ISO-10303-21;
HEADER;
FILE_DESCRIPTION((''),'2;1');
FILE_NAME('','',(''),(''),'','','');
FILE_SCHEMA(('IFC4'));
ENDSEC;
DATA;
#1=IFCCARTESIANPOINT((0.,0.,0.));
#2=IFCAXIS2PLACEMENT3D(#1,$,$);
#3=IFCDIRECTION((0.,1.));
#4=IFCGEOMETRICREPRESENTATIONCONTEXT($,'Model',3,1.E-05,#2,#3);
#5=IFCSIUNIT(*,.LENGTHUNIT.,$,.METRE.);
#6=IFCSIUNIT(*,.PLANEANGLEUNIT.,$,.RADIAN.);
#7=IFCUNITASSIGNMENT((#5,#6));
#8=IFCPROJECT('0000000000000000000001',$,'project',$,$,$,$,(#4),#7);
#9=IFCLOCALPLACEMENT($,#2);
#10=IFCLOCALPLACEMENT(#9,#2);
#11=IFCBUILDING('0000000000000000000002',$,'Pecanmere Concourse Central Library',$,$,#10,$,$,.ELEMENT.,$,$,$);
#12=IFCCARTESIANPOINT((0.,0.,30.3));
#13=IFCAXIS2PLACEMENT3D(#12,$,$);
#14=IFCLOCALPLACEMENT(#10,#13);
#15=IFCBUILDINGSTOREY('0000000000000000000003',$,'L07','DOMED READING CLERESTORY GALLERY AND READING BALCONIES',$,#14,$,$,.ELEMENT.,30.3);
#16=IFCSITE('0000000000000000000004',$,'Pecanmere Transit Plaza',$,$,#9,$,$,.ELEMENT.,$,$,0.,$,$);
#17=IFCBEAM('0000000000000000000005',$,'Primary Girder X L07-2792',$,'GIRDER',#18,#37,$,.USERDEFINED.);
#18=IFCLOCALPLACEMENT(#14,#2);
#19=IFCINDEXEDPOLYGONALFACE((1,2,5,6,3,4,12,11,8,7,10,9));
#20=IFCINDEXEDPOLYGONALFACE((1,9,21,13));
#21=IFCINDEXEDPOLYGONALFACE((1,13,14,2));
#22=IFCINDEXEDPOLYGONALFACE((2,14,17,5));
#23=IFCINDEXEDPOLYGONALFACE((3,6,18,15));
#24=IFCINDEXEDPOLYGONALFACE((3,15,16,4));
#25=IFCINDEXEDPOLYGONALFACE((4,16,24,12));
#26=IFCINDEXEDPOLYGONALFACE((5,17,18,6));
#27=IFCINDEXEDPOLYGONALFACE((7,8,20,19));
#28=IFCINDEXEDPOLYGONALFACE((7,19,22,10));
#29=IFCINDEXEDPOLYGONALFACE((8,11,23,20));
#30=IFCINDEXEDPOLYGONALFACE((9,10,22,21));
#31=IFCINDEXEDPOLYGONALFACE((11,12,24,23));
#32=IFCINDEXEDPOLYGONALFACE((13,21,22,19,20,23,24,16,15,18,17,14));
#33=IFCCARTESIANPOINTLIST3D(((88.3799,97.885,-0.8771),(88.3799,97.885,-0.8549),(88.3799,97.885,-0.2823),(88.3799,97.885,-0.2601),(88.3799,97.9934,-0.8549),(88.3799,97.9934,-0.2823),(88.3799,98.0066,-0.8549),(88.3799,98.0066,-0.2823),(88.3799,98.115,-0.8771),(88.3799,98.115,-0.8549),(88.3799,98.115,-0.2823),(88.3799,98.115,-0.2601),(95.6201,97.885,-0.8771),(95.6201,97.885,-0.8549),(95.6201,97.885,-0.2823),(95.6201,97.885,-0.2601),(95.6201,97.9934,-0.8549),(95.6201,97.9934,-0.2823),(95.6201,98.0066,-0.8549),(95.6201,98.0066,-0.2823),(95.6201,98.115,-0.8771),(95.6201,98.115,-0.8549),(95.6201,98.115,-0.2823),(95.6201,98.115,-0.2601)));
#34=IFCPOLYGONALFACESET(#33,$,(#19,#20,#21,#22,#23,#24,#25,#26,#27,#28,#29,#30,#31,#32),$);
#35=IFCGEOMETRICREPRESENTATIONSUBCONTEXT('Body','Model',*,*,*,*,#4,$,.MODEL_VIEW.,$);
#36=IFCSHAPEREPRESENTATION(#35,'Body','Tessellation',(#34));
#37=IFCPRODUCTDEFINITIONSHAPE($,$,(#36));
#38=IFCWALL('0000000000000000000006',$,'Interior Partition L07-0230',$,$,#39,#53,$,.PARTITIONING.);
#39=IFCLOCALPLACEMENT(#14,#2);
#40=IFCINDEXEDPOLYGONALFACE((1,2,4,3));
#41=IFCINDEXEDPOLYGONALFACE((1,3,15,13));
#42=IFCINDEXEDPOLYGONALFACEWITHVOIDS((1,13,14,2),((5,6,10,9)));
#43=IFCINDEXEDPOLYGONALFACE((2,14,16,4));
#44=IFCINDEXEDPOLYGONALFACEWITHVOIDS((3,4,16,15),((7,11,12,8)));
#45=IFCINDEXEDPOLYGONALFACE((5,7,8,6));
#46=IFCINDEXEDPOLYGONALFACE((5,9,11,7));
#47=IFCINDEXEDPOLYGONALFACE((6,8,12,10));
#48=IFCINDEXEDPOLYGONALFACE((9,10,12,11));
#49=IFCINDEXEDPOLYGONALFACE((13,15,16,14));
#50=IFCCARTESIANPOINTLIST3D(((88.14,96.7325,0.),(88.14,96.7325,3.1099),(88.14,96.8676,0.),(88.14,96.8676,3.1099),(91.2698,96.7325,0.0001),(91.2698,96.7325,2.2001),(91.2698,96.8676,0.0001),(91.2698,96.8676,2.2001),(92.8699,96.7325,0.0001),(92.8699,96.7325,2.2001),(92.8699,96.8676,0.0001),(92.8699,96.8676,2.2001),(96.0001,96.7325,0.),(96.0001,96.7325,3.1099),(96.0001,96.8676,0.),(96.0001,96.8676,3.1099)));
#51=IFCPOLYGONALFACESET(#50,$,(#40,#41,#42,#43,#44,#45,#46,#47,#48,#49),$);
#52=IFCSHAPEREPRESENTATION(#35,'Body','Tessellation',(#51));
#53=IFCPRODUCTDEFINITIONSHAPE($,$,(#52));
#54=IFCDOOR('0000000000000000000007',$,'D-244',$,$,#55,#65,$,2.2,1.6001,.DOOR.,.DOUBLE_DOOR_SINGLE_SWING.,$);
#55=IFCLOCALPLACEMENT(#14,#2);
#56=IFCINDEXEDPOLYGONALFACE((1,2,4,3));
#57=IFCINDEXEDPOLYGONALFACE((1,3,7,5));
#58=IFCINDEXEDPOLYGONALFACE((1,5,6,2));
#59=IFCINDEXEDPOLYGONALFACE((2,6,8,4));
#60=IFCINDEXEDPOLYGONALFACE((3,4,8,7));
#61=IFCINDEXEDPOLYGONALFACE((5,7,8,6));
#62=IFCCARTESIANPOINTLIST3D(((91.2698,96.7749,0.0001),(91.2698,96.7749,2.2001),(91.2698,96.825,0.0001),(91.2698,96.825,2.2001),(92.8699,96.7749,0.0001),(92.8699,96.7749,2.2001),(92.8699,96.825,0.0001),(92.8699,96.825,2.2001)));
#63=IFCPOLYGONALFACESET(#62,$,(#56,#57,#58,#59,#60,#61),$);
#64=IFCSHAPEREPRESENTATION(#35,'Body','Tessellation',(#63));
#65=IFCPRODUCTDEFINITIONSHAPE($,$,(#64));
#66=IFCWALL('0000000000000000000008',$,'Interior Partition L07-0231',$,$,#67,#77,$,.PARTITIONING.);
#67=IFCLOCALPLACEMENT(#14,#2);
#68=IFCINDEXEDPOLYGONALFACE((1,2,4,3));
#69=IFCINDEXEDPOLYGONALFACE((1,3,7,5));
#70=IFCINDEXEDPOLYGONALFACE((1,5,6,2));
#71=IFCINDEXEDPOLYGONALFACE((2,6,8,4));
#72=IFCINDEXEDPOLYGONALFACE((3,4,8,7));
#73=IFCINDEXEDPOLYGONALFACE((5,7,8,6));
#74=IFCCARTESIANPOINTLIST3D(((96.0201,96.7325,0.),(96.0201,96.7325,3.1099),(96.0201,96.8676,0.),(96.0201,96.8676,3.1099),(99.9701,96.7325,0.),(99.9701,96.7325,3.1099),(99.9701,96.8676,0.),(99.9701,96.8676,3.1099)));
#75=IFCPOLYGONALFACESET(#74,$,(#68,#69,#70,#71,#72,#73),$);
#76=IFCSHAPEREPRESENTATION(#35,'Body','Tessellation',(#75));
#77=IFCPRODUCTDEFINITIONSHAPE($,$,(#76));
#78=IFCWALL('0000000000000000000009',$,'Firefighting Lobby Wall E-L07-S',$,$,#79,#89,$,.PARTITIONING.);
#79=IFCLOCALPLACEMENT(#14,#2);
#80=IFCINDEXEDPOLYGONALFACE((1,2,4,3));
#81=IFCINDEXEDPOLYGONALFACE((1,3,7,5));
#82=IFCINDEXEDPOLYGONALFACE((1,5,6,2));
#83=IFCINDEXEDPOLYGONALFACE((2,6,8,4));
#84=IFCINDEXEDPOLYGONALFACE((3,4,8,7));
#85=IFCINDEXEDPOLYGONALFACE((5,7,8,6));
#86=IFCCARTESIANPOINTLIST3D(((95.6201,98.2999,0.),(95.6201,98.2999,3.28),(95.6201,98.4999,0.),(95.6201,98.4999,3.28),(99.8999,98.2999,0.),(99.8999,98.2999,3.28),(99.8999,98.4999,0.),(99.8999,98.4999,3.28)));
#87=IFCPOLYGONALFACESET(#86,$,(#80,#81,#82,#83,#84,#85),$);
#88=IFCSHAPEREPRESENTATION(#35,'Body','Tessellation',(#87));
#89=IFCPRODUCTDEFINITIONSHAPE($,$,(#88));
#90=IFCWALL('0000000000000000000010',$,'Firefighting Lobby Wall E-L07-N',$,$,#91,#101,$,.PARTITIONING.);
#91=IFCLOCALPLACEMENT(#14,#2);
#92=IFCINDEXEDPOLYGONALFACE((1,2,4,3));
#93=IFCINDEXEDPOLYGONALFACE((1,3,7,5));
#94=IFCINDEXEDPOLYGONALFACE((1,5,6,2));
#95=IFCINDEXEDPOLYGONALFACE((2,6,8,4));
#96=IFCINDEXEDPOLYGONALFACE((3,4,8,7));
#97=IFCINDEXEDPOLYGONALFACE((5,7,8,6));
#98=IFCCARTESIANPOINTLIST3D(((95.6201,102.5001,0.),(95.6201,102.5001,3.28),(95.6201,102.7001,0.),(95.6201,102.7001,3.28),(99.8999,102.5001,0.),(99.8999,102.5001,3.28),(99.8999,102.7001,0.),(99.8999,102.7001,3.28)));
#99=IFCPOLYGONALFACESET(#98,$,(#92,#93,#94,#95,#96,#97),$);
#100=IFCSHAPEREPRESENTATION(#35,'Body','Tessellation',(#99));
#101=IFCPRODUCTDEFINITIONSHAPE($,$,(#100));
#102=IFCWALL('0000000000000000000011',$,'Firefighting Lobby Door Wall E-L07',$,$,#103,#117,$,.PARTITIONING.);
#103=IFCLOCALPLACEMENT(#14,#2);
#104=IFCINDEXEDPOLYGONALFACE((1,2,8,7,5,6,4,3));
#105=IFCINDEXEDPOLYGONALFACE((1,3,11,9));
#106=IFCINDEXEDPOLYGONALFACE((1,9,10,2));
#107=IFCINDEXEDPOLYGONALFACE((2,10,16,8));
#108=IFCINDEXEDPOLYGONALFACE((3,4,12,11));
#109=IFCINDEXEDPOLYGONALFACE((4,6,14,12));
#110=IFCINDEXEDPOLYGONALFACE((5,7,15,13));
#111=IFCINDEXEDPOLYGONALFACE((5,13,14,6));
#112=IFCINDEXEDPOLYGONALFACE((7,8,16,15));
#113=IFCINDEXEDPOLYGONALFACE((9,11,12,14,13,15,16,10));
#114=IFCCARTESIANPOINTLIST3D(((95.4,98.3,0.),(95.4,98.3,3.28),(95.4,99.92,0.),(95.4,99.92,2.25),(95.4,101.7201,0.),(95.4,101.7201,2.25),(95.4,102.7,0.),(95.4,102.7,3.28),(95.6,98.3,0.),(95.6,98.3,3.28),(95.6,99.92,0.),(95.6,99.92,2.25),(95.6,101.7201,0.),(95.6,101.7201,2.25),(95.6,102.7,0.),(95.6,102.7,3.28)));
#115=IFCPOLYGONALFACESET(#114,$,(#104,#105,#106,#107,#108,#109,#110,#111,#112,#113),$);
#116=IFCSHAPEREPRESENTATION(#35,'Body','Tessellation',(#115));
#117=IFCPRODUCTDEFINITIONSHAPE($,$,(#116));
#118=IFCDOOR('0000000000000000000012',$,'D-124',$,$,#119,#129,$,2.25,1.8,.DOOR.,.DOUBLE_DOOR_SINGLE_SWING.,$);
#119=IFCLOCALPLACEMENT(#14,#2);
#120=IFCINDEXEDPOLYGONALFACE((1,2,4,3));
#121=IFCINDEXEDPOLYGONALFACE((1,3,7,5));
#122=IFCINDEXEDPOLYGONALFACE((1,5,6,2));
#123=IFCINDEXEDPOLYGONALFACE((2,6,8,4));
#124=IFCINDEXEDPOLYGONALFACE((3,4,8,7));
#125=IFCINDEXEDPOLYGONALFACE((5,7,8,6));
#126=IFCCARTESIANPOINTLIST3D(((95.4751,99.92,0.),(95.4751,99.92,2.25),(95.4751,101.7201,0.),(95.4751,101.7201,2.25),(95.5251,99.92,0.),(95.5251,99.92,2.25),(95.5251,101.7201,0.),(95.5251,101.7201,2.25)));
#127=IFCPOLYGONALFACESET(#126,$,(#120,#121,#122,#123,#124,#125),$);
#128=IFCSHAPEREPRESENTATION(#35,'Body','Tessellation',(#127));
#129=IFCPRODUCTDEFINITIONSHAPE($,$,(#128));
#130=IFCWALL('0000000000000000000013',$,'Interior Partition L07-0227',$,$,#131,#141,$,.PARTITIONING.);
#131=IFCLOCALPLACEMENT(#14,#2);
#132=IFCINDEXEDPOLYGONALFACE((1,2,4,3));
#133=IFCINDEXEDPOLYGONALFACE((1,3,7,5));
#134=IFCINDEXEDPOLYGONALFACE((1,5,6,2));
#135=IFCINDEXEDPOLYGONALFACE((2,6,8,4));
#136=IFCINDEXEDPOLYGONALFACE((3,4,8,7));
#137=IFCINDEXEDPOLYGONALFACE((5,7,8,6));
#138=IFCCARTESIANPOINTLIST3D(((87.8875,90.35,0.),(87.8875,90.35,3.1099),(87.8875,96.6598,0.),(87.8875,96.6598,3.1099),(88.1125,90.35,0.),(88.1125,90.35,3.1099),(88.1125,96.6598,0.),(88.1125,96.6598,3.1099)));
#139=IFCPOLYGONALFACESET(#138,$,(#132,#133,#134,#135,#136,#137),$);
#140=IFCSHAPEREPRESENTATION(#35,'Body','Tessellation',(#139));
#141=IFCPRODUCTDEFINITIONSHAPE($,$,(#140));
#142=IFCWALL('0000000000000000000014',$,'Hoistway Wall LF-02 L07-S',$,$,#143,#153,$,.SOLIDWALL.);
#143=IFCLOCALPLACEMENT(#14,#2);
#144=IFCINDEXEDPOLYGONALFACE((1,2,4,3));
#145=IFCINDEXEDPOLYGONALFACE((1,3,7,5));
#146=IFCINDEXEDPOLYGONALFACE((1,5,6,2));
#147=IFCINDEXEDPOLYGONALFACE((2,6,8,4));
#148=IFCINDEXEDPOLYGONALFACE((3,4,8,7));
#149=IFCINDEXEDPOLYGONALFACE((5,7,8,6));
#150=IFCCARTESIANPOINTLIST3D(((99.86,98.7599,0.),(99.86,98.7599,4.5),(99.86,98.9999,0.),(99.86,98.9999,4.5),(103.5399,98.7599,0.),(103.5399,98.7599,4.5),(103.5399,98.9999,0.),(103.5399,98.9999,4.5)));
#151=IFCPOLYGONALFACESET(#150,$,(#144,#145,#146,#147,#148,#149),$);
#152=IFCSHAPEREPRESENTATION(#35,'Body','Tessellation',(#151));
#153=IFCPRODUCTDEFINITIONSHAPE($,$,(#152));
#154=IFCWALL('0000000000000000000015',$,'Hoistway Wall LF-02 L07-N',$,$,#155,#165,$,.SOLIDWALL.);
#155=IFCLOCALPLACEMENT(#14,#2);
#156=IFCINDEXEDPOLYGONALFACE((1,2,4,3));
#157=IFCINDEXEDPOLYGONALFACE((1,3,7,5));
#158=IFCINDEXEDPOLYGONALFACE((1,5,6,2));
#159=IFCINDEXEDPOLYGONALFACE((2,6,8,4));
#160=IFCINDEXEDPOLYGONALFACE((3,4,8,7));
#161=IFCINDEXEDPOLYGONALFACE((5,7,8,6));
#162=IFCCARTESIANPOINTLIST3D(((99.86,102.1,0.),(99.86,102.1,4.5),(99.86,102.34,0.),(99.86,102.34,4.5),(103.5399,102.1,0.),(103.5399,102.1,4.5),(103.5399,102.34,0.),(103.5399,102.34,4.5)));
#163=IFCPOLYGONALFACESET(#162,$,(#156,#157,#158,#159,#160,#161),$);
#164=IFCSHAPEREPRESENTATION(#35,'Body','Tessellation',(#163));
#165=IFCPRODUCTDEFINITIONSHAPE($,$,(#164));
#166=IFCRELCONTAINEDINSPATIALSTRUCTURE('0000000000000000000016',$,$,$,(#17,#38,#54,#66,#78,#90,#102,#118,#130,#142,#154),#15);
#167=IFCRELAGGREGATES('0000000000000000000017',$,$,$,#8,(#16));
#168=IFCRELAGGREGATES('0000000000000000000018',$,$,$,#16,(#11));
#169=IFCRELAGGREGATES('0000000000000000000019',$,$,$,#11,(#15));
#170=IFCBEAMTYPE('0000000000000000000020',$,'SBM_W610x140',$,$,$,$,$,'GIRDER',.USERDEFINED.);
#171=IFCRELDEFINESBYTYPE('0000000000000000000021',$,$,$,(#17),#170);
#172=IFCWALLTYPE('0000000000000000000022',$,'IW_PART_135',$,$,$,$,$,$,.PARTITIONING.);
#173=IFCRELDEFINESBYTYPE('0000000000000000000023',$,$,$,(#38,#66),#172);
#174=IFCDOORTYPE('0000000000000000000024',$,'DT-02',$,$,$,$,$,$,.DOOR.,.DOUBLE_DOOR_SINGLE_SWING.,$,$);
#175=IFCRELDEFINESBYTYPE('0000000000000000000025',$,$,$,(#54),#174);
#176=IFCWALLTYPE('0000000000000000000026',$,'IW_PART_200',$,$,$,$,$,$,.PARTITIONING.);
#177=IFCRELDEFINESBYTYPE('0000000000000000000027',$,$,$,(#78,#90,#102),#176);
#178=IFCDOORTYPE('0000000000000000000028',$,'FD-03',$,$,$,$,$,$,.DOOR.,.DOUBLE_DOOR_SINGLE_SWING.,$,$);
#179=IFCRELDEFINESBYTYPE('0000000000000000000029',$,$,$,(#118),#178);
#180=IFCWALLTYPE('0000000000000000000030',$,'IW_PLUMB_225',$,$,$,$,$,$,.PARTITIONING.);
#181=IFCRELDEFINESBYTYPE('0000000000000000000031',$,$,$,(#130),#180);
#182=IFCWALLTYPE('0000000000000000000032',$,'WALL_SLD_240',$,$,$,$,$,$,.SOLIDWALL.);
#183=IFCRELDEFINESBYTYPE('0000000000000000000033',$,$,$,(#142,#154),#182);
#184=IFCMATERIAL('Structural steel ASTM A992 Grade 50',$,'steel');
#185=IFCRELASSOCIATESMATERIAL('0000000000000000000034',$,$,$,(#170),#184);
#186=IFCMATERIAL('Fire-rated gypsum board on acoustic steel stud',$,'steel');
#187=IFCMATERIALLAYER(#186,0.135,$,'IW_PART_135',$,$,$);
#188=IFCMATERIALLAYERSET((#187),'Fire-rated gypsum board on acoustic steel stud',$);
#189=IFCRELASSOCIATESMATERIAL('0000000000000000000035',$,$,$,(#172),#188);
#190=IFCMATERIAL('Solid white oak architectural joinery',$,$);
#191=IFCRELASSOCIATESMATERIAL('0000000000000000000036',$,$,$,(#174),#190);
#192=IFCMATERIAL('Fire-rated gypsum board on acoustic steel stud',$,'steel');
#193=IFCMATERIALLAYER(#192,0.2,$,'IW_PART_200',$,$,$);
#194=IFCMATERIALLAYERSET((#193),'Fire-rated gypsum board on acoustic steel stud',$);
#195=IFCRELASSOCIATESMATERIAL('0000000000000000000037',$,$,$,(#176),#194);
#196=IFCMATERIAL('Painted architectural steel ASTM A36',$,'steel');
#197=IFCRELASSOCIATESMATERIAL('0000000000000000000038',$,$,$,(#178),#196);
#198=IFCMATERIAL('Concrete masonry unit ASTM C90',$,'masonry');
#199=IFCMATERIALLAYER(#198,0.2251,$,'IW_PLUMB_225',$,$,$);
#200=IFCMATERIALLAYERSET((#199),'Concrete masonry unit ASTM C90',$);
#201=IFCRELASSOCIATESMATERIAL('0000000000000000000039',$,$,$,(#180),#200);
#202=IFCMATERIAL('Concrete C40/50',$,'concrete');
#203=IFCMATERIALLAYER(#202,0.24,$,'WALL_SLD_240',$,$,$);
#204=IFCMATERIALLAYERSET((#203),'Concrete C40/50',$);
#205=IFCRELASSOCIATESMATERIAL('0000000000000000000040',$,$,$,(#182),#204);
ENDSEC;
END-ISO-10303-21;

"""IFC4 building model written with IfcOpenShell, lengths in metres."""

from ifc_helpers import new_model, si_unit, direction, frame, frame_2d, origin, origin_2d, place, context, subcontext, project, spatial, rectangle, i_section, extrude, material, layer, layer_set, material_profile, profile_set, type_object, element, fill, save


model = new_model("IFC4")

# Units and contexts
model_context = context("Model", 3, precision=1e-05, world=origin(), true_north=direction((0.0, 1.0)))
body_context = subcontext(model_context, "Body", "Model", "MODEL_VIEW")
ifc_project = project(units=[si_unit("LENGTHUNIT", "METRE"), si_unit("PLANEANGLEUNIT", "RADIAN")], contexts=[model_context])

# Site, building, storey
site_placement = place(None, origin())
site = spatial("IfcSite", under=ifc_project, at=site_placement, Name="Pecanmere Transit Plaza", CompositionType="ELEMENT", RefElevation=0.0)
building_placement = place(site_placement, origin())
building = spatial("IfcBuilding", under=site, at=building_placement, Name="Pecanmere Concourse Central Library", CompositionType="ELEMENT")
storey_placement = place(building_placement, frame((0.0, 0.0, 30.3)))
storey = spatial("IfcBuildingStorey", under=building, at=storey_placement, Name="L07", Description="DOMED READING CLERESTORY GALLERY AND READING BALCONIES", CompositionType="ELEMENT", Elevation=30.3)

# Beam
ifc_material_1 = material(Name="Structural steel ASTM A992 Grade 50", Category="steel")
ifc_material_profile_1 = material_profile(ifc_material_1, i_section(OverallWidth=0.23, OverallDepth=0.6169, WebThickness=0.0132, FlangeThickness=0.0222, at=origin_2d()), Name="W610x140")
ifc_profile_set_1 = profile_set([ifc_material_profile_1], Name="Structural steel ASTM A992 Grade 50")
beam_type_1 = type_object("IfcBeamType", Name="SBM_W610x140", ElementType="GIRDER", PredefinedType="USERDEFINED", material=ifc_profile_set_1)
beam_1_placement = place(storey_placement, frame((88.3799, 98.0, -0.5686), z_axis=(1.0, 0.0, 0.0), x_axis=(0.0, 1.0, 0.0)))
element("IfcBeam", 1, at=beam_1_placement, inside=storey, type_object=beam_type_1, Name="Primary Girder X L07-2792", ObjectType="GIRDER", PredefinedType="USERDEFINED", context=body_context, shape_type="SweptSolid", body=[
    extrude(i_section(OverallWidth=0.23, OverallDepth=0.6169, WebThickness=0.0132, FlangeThickness=0.0222, at=origin_2d()), origin(), (0.0, 0.0, 1.0), 7.2402),
])

# Wall, opening, door
ifc_material_2 = material(Name="Fire-rated gypsum board on acoustic steel stud", Category="steel")
ifc_layer_1 = layer(ifc_material_2, 0.135, Name="IW_PART_135")
ifc_layer_set_1 = layer_set([ifc_layer_1], Name="Fire-rated gypsum board on acoustic steel stud")
wall_type_1 = type_object("IfcWallType", Name="IW_PART_135", PredefinedType="PARTITIONING", material=ifc_layer_set_1)
wall_1_placement = place(storey_placement, frame((88.1399, 96.8, 0.0), z_axis=(0.0, 0.0, 1.0), x_axis=(1.0, 0.0, 0.0)))
wall_1 = element("IfcWall", 2, at=wall_1_placement, inside=storey, type_object=wall_type_1, Name="Interior Partition L07-0230", PredefinedType="PARTITIONING", context=body_context, shape_type="SweptSolid", body=[
    extrude(rectangle(XDim=7.8601, YDim=0.135, at=frame_2d((3.9302, 0.0))), origin(), (0.0, 0.0, 1.0), 3.1099),
])
opening_1_placement = place(wall_1_placement, frame((3.1299, 0.0, 0.0)))
opening_1 = element("IfcOpeningElement", 3, at=opening_1_placement, cuts=wall_1, PredefinedType="OPENING", context=body_context, shape_type="SweptSolid", body=[
    extrude(rectangle(XDim=1.6001, YDim=2.2, at=frame_2d((0.8, 1.1001))), frame((0.0, 0.0796, 0.0), z_axis=(0.0, -1.0, 0.0), x_axis=(1.0, 0.0, 0.0)), (0.0, 0.0, 1.0), 0.1589),
])
ifc_material_3 = material(Name="Solid white oak architectural joinery")
door_type_1 = type_object("IfcDoorType", Name="DT-02", OperationType="DOUBLE_DOOR_SINGLE_SWING", PredefinedType="DOOR", material=ifc_material_3)
door_1_placement = place(opening_1_placement, origin())
door_1 = element("IfcDoor", 4, at=door_1_placement, inside=storey, type_object=door_type_1, Name="D-244", OperationType="DOUBLE_DOOR_SINGLE_SWING", OverallHeight=2.2, OverallWidth=1.6001, PredefinedType="DOOR", context=body_context, shape_type="SweptSolid", body=[
    extrude(rectangle(XDim=1.6001, YDim=2.2, at=frame_2d((0.8, 1.1001))), frame((0.0, 0.0249, 0.0), z_axis=(0.0, -1.0, 0.0), x_axis=(1.0, 0.0, 0.0)), (0.0, 0.0, 1.0), 0.05),
])
fill(opening_1, door_1)

# Walls
wall_2_placement = place(storey_placement, frame((96.02, 96.8, 0.0), z_axis=(0.0, 0.0, 1.0), x_axis=(1.0, 0.0, 0.0)))
element("IfcWall", 5, at=wall_2_placement, inside=storey, type_object=wall_type_1, Name="Interior Partition L07-0231", PredefinedType="PARTITIONING", context=body_context, shape_type="SweptSolid", body=[
    extrude(rectangle(XDim=3.95, YDim=0.135, at=frame_2d((1.9751, 0.0))), origin(), (0.0, 0.0, 1.0), 3.1099),
])
ifc_material_4 = material(Name="Fire-rated gypsum board on acoustic steel stud", Category="steel")
ifc_layer_2 = layer(ifc_material_4, 0.2, Name="IW_PART_200")
ifc_layer_set_2 = layer_set([ifc_layer_2], Name="Fire-rated gypsum board on acoustic steel stud")
wall_type_2 = type_object("IfcWallType", Name="IW_PART_200", PredefinedType="PARTITIONING", material=ifc_layer_set_2)
for number, where, z_axis, x_axis, name in (
    (6, (95.6201, 98.3999, 0.0), (0.0, 0.0, 1.0), (1.0, 0.0, 0.0), "Firefighting Lobby Wall E-L07-S"),
    (7, (95.6201, 102.6001, 0.0), (0.0, 0.0, 1.0), (1.0, 0.0, 0.0), "Firefighting Lobby Wall E-L07-N"),
):
    element("IfcWall", number, at=place(storey_placement, frame(where, z_axis=z_axis, x_axis=x_axis)), inside=storey, type_object=wall_type_2, Name=name, PredefinedType="PARTITIONING", context=body_context, shape_type="SweptSolid", body=[
        extrude(rectangle(XDim=4.2798, YDim=0.2, at=frame_2d((2.1399, 0.0))), origin(), (0.0, 0.0, 1.0), 3.28),
    ])

# Wall, opening, door
wall_3_placement = place(storey_placement, frame((95.5, 98.3, 0.0), z_axis=(0.0, 0.0, 1.0), x_axis=(0.0, 1.0, 0.0)))
wall_3 = element("IfcWall", 8, at=wall_3_placement, inside=storey, type_object=wall_type_2, Name="Firefighting Lobby Door Wall E-L07", PredefinedType="PARTITIONING", context=body_context, shape_type="SweptSolid", body=[
    extrude(rectangle(XDim=4.3999, YDim=0.2, at=frame_2d((2.2, 0.0))), origin(), (0.0, 0.0, 1.0), 3.28),
])
opening_2_placement = place(wall_3_placement, frame((1.6201, 0.0, 0.0)))
opening_2 = element("IfcOpeningElement", 9, at=opening_2_placement, cuts=wall_3, PredefinedType="OPENING", context=body_context, shape_type="SweptSolid", body=[
    extrude(rectangle(XDim=1.8, YDim=2.25, at=frame_2d((0.8999, 1.125))), frame((0.0, 0.1118, 0.0), z_axis=(0.0, -1.0, 0.0), x_axis=(1.0, 0.0, 0.0)), (0.0, 0.0, 1.0), 0.2239),
])
ifc_material_5 = material(Name="Painted architectural steel ASTM A36", Category="steel")
door_type_2 = type_object("IfcDoorType", Name="FD-03", OperationType="DOUBLE_DOOR_SINGLE_SWING", PredefinedType="DOOR", material=ifc_material_5)
door_2_placement = place(opening_2_placement, origin())
door_2 = element("IfcDoor", 10, at=door_2_placement, inside=storey, type_object=door_type_2, Name="D-124", OperationType="DOUBLE_DOOR_SINGLE_SWING", OverallHeight=2.25, OverallWidth=1.8, PredefinedType="DOOR", context=body_context, shape_type="SweptSolid", body=[
    extrude(rectangle(XDim=1.8, YDim=2.25, at=frame_2d((0.8999, 1.125))), frame((0.0, 0.0249, 0.0), z_axis=(0.0, -1.0, 0.0), x_axis=(1.0, 0.0, 0.0)), (0.0, 0.0, 1.0), 0.05),
])
fill(opening_2, door_2)

# Walls
ifc_material_6 = material(Name="Concrete masonry unit ASTM C90", Category="masonry")
ifc_layer_3 = layer(ifc_material_6, 0.2251, Name="IW_PLUMB_225")
ifc_layer_set_3 = layer_set([ifc_layer_3], Name="Concrete masonry unit ASTM C90")
wall_type_3 = type_object("IfcWallType", Name="IW_PLUMB_225", PredefinedType="PARTITIONING", material=ifc_layer_set_3)
wall_4_placement = place(storey_placement, frame((88.0, 90.3501, 0.0), z_axis=(0.0, 0.0, 1.0), x_axis=(0.0, 1.0, 0.0)))
element("IfcWall", 11, at=wall_4_placement, inside=storey, type_object=wall_type_3, Name="Interior Partition L07-0227", PredefinedType="PARTITIONING", context=body_context, shape_type="SweptSolid", body=[
    extrude(rectangle(XDim=6.3098, YDim=0.2251, at=frame_2d((3.1548, 0.0))), origin(), (0.0, 0.0, 1.0), 3.1099),
])
ifc_material_7 = material(Name="Concrete C40/50", Category="concrete")
ifc_layer_4 = layer(ifc_material_7, 0.24, Name="WALL_SLD_240")
ifc_layer_set_4 = layer_set([ifc_layer_4], Name="Concrete C40/50")
wall_type_4 = type_object("IfcWallType", Name="WALL_SLD_240", PredefinedType="SOLIDWALL", material=ifc_layer_set_4)
for number, where, z_axis, x_axis, name in (
    (12, (99.8601, 98.8799, 0.0), (0.0, 0.0, 1.0), (1.0, 0.0, 0.0), "Hoistway Wall LF-02 L07-S"),
    (13, (99.8601, 102.22, 0.0), (0.0, 0.0, 1.0), (1.0, 0.0, 0.0), "Hoistway Wall LF-02 L07-N"),
):
    element("IfcWall", number, at=place(storey_placement, frame(where, z_axis=z_axis, x_axis=x_axis)), inside=storey, type_object=wall_type_4, Name=name, PredefinedType="SOLIDWALL", context=body_context, shape_type="SweptSolid", body=[
        extrude(rectangle(XDim=3.6799, YDim=0.24, at=frame_2d((1.8398, 0.0))), origin(), (0.0, 0.0, 1.0), 4.5),
    ])

save(model, "model.ifc")
